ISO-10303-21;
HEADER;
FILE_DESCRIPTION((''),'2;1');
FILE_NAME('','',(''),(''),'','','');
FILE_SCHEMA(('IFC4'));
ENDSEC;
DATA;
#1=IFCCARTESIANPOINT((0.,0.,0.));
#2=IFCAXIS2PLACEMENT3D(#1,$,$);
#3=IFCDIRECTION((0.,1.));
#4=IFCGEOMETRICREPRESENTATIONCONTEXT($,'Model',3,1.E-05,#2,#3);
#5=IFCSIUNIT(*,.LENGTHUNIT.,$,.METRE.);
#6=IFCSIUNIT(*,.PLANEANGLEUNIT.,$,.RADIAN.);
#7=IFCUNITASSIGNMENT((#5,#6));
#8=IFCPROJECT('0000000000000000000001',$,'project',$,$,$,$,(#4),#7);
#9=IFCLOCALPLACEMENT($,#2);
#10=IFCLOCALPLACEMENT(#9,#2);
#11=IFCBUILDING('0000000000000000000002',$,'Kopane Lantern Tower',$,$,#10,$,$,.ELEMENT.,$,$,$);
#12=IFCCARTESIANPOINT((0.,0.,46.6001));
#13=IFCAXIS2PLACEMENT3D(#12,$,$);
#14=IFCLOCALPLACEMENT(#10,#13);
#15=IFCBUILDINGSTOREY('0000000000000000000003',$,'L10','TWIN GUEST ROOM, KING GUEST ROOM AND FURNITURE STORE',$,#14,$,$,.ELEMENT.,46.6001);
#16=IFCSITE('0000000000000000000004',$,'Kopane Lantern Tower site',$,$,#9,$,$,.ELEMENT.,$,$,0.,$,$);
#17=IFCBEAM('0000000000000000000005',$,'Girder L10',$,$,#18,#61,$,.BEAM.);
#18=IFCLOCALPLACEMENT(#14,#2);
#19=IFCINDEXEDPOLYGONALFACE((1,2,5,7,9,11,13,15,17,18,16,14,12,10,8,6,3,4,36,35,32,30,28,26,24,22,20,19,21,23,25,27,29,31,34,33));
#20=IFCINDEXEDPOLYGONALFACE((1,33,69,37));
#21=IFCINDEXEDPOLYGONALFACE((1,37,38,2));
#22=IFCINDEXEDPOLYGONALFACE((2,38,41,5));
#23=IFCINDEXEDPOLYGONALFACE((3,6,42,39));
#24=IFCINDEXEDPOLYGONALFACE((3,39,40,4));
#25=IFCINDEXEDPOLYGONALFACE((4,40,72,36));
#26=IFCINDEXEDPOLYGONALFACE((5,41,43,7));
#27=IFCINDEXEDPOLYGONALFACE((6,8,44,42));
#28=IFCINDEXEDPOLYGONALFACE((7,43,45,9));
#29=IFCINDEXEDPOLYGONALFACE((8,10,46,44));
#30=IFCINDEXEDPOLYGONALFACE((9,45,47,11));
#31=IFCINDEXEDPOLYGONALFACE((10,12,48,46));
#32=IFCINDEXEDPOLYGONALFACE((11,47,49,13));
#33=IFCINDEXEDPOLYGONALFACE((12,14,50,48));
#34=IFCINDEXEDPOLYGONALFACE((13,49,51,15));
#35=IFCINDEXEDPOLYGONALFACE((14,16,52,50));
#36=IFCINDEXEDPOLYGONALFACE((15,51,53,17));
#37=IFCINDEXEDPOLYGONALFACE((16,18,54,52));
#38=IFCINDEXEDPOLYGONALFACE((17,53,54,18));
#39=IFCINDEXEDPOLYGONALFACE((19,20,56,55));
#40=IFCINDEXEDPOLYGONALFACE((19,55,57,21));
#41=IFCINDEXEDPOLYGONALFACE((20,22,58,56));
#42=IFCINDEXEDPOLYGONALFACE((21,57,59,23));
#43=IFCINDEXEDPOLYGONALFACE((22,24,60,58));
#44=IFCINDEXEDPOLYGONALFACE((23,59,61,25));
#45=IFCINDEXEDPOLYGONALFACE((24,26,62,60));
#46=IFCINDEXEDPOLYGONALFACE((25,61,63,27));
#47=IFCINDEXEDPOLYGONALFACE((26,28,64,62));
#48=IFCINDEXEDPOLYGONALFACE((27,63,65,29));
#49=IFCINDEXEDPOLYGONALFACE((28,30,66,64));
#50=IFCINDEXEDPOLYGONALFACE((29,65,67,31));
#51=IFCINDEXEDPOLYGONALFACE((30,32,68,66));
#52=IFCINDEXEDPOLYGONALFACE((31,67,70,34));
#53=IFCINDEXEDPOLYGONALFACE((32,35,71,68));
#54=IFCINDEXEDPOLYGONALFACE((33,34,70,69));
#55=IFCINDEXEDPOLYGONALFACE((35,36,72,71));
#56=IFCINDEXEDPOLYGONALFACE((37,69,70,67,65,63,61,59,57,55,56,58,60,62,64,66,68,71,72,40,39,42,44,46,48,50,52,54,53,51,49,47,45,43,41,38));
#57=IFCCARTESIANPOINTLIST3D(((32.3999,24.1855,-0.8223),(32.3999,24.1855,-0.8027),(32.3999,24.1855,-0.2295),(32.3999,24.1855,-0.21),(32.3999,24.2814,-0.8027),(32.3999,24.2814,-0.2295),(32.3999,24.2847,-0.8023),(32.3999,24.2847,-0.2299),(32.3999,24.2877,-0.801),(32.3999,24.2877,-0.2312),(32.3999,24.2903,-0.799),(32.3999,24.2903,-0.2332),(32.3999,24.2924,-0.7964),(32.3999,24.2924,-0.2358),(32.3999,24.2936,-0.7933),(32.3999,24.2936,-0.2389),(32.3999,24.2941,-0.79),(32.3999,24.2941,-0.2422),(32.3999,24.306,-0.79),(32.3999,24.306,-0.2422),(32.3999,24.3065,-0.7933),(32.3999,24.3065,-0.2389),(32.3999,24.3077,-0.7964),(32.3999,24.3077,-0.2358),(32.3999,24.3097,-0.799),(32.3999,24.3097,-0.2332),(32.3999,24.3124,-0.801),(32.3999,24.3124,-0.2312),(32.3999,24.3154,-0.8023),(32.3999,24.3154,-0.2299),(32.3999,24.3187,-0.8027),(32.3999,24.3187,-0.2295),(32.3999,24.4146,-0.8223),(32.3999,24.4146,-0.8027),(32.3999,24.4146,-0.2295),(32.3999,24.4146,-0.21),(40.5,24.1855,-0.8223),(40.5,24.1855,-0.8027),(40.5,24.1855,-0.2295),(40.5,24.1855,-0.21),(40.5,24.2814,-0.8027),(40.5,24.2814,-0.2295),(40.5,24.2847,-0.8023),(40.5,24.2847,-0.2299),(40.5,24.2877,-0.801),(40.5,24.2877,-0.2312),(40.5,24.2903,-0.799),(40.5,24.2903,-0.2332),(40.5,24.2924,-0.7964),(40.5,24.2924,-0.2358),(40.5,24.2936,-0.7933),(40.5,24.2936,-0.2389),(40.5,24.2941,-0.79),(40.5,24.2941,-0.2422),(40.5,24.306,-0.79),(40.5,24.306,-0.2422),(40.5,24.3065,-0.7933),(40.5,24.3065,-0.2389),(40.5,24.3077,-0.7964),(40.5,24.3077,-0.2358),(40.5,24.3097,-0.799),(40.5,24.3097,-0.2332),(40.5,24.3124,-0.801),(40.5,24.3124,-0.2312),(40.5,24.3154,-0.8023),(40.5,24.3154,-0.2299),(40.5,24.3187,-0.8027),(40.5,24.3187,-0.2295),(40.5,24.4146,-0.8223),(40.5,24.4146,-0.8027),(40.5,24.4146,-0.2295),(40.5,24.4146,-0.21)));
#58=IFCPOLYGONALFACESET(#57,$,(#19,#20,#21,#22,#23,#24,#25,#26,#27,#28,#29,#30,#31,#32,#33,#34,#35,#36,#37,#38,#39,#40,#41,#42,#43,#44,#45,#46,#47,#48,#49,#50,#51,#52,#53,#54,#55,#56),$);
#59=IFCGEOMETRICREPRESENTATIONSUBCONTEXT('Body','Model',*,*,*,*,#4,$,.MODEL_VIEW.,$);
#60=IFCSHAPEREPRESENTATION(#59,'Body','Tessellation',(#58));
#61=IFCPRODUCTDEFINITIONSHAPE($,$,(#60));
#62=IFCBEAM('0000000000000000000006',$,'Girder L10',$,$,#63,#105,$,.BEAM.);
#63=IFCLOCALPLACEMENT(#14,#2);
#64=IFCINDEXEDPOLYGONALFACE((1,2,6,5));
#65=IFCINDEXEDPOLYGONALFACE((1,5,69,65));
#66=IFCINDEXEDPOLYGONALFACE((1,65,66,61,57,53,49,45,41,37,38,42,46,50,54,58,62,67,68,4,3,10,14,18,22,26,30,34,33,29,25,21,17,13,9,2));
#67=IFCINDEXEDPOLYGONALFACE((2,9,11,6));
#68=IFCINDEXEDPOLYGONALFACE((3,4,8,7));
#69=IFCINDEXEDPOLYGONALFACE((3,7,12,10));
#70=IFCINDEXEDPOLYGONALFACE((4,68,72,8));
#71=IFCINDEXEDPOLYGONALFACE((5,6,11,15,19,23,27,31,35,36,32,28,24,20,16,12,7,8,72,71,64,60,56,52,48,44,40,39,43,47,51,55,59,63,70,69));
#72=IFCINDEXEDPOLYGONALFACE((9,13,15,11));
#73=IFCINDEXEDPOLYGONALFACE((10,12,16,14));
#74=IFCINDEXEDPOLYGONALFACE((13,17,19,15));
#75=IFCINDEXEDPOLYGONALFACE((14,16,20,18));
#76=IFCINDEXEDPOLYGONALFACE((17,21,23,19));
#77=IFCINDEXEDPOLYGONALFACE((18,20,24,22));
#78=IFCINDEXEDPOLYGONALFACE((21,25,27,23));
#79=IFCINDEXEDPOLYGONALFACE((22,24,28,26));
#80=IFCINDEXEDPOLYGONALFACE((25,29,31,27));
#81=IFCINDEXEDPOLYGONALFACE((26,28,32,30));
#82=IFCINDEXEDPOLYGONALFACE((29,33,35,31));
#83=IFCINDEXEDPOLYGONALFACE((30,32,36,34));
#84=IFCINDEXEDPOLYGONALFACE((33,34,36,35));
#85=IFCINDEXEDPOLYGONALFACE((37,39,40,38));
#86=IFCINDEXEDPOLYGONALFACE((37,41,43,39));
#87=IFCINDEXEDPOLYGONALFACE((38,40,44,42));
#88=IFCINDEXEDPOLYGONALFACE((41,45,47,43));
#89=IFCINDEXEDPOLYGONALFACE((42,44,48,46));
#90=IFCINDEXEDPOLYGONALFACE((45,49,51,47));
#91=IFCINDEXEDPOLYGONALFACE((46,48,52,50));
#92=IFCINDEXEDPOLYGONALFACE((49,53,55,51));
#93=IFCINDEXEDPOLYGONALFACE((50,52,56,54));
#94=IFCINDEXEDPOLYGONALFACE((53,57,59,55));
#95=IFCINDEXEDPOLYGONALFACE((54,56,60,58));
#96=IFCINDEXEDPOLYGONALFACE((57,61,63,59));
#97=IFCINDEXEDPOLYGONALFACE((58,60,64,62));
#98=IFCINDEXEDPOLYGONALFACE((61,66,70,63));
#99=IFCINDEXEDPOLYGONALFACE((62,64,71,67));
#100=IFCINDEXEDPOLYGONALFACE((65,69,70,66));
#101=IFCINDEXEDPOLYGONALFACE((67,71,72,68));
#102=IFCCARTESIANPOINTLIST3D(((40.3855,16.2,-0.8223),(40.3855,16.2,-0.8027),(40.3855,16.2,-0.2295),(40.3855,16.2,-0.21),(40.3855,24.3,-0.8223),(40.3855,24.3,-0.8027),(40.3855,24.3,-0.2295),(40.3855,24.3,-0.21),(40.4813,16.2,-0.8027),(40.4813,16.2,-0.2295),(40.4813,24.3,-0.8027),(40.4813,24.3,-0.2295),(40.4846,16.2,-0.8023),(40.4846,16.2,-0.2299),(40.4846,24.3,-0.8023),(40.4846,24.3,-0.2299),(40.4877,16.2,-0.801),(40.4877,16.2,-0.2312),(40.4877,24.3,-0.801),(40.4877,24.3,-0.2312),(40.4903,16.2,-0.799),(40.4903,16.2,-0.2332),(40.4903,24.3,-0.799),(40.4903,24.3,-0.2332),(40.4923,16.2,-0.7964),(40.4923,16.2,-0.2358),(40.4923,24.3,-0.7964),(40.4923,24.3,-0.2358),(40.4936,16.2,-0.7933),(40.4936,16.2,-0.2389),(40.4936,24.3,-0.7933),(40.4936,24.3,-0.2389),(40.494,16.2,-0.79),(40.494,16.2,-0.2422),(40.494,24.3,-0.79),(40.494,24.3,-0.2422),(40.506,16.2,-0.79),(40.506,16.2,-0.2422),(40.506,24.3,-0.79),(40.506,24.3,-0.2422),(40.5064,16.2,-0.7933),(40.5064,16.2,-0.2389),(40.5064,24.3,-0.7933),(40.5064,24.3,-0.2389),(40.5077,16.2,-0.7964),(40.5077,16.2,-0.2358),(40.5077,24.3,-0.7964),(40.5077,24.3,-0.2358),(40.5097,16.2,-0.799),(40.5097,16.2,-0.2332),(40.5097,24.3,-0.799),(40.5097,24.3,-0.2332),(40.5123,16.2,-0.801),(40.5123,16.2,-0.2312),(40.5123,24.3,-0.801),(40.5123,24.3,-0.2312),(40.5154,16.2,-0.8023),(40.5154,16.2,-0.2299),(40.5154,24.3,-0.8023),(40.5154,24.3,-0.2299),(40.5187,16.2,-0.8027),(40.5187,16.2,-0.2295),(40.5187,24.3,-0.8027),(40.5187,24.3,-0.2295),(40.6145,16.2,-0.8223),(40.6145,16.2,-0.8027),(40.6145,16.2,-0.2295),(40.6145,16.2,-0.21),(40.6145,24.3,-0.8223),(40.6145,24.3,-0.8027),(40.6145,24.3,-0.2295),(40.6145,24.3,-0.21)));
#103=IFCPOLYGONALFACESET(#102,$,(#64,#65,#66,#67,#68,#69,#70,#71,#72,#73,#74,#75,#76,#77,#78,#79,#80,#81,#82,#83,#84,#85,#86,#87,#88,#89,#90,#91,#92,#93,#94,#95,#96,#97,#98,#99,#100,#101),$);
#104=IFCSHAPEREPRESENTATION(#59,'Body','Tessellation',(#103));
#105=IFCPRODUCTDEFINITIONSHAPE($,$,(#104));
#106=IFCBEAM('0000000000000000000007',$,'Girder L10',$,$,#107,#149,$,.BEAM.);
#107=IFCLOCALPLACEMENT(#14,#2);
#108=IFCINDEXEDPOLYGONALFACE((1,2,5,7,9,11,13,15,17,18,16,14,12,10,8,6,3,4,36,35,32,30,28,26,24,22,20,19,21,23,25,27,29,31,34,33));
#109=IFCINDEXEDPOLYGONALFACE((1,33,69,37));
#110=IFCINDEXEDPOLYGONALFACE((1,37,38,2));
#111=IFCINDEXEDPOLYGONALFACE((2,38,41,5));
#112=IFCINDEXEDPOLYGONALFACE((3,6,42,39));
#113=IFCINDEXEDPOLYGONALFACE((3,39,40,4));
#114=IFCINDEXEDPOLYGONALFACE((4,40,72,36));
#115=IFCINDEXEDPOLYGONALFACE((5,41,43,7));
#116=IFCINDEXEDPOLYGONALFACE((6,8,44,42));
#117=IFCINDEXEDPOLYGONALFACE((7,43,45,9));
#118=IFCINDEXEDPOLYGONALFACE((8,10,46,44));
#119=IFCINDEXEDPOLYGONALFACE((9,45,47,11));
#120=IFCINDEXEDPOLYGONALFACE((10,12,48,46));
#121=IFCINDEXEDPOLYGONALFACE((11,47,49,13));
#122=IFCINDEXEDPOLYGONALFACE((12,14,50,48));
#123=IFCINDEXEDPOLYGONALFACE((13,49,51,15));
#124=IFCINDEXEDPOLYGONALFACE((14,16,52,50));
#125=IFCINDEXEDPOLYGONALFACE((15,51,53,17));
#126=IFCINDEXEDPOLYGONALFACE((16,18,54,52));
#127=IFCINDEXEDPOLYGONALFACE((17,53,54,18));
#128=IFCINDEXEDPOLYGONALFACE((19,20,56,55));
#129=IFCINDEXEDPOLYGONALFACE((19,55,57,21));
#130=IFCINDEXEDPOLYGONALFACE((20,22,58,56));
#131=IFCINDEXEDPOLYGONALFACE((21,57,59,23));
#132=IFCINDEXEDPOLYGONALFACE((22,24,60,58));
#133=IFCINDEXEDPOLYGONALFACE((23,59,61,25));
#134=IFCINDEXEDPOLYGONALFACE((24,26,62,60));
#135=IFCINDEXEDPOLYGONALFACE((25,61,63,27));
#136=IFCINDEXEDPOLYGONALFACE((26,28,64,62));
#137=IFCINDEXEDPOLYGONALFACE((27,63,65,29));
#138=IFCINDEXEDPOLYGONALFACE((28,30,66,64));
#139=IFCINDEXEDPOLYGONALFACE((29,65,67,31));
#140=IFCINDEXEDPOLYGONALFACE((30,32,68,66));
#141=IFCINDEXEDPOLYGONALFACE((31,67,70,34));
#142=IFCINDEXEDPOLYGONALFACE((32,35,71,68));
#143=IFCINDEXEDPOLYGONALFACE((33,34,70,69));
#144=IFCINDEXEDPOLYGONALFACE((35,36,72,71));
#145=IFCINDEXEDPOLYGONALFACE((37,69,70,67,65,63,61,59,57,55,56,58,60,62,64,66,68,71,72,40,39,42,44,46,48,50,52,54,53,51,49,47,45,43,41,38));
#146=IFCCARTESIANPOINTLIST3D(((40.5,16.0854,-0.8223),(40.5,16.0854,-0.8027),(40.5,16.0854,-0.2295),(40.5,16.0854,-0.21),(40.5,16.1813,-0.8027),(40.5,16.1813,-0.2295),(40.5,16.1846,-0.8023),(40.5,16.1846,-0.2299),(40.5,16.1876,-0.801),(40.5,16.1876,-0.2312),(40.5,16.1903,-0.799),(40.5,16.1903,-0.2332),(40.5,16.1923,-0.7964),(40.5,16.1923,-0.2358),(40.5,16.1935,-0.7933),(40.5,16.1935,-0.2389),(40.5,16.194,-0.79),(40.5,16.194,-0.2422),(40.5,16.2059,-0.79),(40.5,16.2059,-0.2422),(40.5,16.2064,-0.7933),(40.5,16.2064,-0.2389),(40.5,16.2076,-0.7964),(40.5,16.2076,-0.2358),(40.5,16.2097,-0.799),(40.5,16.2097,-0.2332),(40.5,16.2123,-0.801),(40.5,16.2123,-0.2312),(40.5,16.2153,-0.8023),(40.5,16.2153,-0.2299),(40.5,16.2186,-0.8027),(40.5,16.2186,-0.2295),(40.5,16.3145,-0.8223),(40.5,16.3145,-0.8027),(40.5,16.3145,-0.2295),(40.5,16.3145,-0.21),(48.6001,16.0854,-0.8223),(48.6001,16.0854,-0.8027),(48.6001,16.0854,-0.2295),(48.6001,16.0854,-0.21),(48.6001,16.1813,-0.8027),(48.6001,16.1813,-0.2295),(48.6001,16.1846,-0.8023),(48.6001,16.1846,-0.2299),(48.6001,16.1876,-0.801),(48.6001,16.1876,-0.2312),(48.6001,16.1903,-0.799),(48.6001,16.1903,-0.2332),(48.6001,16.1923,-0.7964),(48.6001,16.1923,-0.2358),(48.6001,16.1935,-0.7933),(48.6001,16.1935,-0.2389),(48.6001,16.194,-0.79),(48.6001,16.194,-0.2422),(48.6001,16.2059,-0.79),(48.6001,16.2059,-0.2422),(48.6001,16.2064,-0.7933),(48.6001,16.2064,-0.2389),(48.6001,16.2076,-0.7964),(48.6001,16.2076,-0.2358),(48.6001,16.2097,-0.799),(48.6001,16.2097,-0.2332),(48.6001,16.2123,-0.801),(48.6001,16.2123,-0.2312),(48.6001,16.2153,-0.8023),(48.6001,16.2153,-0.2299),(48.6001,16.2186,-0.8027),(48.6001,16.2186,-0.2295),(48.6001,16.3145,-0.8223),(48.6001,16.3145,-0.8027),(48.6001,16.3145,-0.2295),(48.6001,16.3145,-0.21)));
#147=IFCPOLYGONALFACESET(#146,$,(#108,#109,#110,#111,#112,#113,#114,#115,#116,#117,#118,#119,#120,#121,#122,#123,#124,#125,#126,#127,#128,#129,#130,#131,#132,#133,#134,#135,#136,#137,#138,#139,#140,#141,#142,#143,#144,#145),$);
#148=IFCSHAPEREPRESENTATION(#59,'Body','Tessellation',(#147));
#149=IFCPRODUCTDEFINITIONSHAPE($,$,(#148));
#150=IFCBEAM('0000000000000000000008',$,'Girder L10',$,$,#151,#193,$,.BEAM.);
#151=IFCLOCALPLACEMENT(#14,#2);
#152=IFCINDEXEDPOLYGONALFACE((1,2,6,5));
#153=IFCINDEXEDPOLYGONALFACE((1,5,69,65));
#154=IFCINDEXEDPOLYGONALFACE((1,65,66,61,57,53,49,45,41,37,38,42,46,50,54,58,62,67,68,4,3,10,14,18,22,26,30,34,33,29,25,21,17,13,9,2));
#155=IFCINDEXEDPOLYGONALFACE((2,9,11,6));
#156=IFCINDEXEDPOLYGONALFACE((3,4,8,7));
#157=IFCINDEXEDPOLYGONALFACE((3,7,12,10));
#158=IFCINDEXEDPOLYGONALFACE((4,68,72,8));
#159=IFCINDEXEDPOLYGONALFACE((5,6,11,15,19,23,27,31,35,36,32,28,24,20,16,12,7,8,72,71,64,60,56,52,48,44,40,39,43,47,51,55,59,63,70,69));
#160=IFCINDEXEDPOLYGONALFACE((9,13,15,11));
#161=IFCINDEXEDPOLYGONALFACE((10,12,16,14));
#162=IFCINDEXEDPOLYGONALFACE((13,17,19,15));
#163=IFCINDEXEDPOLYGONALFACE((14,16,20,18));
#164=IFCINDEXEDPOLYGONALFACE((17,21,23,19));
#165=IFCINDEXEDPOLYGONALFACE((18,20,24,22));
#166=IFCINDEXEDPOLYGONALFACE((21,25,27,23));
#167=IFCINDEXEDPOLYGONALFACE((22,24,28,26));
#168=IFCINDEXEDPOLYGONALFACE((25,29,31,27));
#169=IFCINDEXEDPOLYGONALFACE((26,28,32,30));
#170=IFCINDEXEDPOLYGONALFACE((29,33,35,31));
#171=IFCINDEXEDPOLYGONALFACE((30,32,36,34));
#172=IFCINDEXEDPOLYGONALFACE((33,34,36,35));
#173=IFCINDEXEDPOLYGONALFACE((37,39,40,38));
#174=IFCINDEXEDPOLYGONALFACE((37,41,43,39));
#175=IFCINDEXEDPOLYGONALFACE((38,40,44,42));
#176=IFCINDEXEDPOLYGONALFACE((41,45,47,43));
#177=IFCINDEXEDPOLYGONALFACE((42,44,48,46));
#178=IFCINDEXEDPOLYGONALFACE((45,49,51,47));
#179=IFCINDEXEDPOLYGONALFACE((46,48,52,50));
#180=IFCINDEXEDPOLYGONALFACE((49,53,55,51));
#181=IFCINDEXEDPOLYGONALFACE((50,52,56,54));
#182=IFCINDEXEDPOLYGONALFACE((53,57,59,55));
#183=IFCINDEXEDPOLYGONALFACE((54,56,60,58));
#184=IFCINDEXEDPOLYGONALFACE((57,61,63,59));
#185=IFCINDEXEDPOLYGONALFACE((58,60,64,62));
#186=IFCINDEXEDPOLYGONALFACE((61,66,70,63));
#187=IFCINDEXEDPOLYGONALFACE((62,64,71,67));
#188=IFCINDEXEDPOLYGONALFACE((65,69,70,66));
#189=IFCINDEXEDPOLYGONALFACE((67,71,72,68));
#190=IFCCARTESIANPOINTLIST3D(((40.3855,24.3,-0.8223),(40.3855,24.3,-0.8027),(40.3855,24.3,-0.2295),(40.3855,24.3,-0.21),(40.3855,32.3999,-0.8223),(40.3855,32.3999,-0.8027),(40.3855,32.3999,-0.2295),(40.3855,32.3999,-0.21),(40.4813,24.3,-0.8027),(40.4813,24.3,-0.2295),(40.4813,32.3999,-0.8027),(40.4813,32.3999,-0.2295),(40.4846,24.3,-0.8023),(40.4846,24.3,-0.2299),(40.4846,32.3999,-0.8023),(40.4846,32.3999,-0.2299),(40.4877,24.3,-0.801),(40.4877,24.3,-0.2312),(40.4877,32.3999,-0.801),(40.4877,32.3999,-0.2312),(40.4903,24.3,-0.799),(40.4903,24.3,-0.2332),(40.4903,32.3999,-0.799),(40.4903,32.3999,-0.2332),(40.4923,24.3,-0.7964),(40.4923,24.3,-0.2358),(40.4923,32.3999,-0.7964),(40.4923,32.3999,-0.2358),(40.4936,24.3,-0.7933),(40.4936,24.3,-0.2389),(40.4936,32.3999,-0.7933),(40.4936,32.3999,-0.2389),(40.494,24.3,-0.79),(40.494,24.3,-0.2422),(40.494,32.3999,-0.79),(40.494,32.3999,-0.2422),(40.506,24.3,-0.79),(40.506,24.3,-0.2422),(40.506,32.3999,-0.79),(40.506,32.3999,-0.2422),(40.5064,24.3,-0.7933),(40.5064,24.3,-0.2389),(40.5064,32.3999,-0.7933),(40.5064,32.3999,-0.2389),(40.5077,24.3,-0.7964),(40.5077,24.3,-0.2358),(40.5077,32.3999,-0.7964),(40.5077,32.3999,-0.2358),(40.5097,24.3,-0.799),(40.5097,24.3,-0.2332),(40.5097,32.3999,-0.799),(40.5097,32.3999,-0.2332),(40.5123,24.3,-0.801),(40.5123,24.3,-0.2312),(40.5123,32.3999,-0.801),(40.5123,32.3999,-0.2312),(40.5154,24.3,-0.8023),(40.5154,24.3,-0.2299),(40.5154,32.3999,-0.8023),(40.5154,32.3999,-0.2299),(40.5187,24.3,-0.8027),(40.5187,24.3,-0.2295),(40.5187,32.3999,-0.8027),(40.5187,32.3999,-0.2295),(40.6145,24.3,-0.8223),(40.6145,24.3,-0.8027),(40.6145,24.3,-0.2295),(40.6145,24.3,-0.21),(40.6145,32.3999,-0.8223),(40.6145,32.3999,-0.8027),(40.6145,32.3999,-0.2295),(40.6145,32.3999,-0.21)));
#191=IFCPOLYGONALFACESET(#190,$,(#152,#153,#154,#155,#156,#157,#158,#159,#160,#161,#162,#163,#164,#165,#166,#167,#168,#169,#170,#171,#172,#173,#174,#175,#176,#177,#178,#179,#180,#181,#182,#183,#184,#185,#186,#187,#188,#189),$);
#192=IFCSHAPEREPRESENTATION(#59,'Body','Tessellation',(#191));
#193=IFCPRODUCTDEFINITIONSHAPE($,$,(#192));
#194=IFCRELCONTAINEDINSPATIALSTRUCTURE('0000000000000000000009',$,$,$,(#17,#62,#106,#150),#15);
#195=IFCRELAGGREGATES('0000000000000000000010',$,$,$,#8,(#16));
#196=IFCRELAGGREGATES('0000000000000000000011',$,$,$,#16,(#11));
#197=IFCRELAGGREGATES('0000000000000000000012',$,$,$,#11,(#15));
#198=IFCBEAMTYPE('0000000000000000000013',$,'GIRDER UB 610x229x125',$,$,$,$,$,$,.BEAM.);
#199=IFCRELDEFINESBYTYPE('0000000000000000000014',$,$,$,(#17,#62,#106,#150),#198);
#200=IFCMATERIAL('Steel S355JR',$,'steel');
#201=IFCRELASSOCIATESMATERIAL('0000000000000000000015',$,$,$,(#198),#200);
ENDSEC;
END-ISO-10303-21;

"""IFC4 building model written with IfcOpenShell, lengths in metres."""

from ifc_helpers import new_model, si_unit, direction, frame, origin, origin_2d, place, context, subcontext, project, spatial, i_section, extrude, material, material_profile, profile_set, type_object, element, save


model = new_model("IFC4")

# Units and contexts
model_context = context("Model", 3, precision=1e-05, world=origin(), true_north=direction((0.0, 1.0)))
body_context = subcontext(model_context, "Body", "Model", "MODEL_VIEW")
ifc_project = project(units=[si_unit("LENGTHUNIT", "METRE"), si_unit("PLANEANGLEUNIT", "RADIAN")], contexts=[model_context])

# Site, building, storey
site_placement = place(None, origin())
site = spatial("IfcSite", under=ifc_project, at=site_placement, Name="Kopane Lantern Tower site", CompositionType="ELEMENT", RefElevation=0.0)
building_placement = place(site_placement, origin())
building = spatial("IfcBuilding", under=site, at=building_placement, Name="Kopane Lantern Tower", CompositionType="ELEMENT")
storey_placement = place(building_placement, frame((0.0, 0.0, 46.6001)))
storey = spatial("IfcBuildingStorey", under=building, at=storey_placement, Name="L10", Description="TWIN GUEST ROOM, KING GUEST ROOM AND FURNITURE STORE", CompositionType="ELEMENT", Elevation=46.6001)

# Beams
ifc_material_1 = material(Name="Steel S355JR", Category="steel")
ifc_material_profile_1 = material_profile(ifc_material_1, i_section(OverallWidth=0.229, OverallDepth=0.6123, WebThickness=0.012, FlangeThickness=0.0195, FilletRadius=0.0127, at=origin_2d()), Name="UB 610x229x125")
ifc_profile_set_1 = profile_set([ifc_material_profile_1], Name="Steel S355JR")
beam_type_1 = type_object("IfcBeamType", Name="GIRDER UB 610x229x125", PredefinedType="BEAM", material=ifc_profile_set_1)
for number, where, z_axis, x_axis, name in (
    (1, (32.3999, 24.3, -0.5161), (1.0, 0.0, 0.0), (0.0, 1.0, 0.0), "Girder L10"),
    (2, (40.5, 16.2, -0.5161), (0.0, 1.0, 0.0), (-1.0, 0.0, 0.0), "Girder L10"),
    (3, (40.5, 16.2, -0.5161), (1.0, 0.0, 0.0), (0.0, 1.0, 0.0), "Girder L10"),
):
    element("IfcBeam", number, at=place(storey_placement, frame(where, z_axis=z_axis, x_axis=x_axis)), inside=storey, type_object=beam_type_1, Name=name, PredefinedType="BEAM", context=body_context, shape_type="SweptSolid", body=[
        extrude(i_section(OverallWidth=0.229, OverallDepth=0.6123, WebThickness=0.012, FlangeThickness=0.0195, FilletRadius=0.0127, at=origin_2d()), origin(), (0.0, 0.0, 1.0), 8.1001),
    ])
beam_1_placement = place(storey_placement, frame((40.5, 24.3, -0.5161), z_axis=(0.0, 1.0, 0.0), x_axis=(-1.0, 0.0, 0.0)))
element("IfcBeam", 4, at=beam_1_placement, inside=storey, type_object=beam_type_1, Name="Girder L10", PredefinedType="BEAM", context=body_context, shape_type="SweptSolid", body=[
    extrude(i_section(OverallWidth=0.229, OverallDepth=0.6123, WebThickness=0.012, FlangeThickness=0.0195, FilletRadius=0.0127, at=origin_2d()), origin(), (0.0, 0.0, 1.0), 8.0999),
])

save(model, "model.ifc")
